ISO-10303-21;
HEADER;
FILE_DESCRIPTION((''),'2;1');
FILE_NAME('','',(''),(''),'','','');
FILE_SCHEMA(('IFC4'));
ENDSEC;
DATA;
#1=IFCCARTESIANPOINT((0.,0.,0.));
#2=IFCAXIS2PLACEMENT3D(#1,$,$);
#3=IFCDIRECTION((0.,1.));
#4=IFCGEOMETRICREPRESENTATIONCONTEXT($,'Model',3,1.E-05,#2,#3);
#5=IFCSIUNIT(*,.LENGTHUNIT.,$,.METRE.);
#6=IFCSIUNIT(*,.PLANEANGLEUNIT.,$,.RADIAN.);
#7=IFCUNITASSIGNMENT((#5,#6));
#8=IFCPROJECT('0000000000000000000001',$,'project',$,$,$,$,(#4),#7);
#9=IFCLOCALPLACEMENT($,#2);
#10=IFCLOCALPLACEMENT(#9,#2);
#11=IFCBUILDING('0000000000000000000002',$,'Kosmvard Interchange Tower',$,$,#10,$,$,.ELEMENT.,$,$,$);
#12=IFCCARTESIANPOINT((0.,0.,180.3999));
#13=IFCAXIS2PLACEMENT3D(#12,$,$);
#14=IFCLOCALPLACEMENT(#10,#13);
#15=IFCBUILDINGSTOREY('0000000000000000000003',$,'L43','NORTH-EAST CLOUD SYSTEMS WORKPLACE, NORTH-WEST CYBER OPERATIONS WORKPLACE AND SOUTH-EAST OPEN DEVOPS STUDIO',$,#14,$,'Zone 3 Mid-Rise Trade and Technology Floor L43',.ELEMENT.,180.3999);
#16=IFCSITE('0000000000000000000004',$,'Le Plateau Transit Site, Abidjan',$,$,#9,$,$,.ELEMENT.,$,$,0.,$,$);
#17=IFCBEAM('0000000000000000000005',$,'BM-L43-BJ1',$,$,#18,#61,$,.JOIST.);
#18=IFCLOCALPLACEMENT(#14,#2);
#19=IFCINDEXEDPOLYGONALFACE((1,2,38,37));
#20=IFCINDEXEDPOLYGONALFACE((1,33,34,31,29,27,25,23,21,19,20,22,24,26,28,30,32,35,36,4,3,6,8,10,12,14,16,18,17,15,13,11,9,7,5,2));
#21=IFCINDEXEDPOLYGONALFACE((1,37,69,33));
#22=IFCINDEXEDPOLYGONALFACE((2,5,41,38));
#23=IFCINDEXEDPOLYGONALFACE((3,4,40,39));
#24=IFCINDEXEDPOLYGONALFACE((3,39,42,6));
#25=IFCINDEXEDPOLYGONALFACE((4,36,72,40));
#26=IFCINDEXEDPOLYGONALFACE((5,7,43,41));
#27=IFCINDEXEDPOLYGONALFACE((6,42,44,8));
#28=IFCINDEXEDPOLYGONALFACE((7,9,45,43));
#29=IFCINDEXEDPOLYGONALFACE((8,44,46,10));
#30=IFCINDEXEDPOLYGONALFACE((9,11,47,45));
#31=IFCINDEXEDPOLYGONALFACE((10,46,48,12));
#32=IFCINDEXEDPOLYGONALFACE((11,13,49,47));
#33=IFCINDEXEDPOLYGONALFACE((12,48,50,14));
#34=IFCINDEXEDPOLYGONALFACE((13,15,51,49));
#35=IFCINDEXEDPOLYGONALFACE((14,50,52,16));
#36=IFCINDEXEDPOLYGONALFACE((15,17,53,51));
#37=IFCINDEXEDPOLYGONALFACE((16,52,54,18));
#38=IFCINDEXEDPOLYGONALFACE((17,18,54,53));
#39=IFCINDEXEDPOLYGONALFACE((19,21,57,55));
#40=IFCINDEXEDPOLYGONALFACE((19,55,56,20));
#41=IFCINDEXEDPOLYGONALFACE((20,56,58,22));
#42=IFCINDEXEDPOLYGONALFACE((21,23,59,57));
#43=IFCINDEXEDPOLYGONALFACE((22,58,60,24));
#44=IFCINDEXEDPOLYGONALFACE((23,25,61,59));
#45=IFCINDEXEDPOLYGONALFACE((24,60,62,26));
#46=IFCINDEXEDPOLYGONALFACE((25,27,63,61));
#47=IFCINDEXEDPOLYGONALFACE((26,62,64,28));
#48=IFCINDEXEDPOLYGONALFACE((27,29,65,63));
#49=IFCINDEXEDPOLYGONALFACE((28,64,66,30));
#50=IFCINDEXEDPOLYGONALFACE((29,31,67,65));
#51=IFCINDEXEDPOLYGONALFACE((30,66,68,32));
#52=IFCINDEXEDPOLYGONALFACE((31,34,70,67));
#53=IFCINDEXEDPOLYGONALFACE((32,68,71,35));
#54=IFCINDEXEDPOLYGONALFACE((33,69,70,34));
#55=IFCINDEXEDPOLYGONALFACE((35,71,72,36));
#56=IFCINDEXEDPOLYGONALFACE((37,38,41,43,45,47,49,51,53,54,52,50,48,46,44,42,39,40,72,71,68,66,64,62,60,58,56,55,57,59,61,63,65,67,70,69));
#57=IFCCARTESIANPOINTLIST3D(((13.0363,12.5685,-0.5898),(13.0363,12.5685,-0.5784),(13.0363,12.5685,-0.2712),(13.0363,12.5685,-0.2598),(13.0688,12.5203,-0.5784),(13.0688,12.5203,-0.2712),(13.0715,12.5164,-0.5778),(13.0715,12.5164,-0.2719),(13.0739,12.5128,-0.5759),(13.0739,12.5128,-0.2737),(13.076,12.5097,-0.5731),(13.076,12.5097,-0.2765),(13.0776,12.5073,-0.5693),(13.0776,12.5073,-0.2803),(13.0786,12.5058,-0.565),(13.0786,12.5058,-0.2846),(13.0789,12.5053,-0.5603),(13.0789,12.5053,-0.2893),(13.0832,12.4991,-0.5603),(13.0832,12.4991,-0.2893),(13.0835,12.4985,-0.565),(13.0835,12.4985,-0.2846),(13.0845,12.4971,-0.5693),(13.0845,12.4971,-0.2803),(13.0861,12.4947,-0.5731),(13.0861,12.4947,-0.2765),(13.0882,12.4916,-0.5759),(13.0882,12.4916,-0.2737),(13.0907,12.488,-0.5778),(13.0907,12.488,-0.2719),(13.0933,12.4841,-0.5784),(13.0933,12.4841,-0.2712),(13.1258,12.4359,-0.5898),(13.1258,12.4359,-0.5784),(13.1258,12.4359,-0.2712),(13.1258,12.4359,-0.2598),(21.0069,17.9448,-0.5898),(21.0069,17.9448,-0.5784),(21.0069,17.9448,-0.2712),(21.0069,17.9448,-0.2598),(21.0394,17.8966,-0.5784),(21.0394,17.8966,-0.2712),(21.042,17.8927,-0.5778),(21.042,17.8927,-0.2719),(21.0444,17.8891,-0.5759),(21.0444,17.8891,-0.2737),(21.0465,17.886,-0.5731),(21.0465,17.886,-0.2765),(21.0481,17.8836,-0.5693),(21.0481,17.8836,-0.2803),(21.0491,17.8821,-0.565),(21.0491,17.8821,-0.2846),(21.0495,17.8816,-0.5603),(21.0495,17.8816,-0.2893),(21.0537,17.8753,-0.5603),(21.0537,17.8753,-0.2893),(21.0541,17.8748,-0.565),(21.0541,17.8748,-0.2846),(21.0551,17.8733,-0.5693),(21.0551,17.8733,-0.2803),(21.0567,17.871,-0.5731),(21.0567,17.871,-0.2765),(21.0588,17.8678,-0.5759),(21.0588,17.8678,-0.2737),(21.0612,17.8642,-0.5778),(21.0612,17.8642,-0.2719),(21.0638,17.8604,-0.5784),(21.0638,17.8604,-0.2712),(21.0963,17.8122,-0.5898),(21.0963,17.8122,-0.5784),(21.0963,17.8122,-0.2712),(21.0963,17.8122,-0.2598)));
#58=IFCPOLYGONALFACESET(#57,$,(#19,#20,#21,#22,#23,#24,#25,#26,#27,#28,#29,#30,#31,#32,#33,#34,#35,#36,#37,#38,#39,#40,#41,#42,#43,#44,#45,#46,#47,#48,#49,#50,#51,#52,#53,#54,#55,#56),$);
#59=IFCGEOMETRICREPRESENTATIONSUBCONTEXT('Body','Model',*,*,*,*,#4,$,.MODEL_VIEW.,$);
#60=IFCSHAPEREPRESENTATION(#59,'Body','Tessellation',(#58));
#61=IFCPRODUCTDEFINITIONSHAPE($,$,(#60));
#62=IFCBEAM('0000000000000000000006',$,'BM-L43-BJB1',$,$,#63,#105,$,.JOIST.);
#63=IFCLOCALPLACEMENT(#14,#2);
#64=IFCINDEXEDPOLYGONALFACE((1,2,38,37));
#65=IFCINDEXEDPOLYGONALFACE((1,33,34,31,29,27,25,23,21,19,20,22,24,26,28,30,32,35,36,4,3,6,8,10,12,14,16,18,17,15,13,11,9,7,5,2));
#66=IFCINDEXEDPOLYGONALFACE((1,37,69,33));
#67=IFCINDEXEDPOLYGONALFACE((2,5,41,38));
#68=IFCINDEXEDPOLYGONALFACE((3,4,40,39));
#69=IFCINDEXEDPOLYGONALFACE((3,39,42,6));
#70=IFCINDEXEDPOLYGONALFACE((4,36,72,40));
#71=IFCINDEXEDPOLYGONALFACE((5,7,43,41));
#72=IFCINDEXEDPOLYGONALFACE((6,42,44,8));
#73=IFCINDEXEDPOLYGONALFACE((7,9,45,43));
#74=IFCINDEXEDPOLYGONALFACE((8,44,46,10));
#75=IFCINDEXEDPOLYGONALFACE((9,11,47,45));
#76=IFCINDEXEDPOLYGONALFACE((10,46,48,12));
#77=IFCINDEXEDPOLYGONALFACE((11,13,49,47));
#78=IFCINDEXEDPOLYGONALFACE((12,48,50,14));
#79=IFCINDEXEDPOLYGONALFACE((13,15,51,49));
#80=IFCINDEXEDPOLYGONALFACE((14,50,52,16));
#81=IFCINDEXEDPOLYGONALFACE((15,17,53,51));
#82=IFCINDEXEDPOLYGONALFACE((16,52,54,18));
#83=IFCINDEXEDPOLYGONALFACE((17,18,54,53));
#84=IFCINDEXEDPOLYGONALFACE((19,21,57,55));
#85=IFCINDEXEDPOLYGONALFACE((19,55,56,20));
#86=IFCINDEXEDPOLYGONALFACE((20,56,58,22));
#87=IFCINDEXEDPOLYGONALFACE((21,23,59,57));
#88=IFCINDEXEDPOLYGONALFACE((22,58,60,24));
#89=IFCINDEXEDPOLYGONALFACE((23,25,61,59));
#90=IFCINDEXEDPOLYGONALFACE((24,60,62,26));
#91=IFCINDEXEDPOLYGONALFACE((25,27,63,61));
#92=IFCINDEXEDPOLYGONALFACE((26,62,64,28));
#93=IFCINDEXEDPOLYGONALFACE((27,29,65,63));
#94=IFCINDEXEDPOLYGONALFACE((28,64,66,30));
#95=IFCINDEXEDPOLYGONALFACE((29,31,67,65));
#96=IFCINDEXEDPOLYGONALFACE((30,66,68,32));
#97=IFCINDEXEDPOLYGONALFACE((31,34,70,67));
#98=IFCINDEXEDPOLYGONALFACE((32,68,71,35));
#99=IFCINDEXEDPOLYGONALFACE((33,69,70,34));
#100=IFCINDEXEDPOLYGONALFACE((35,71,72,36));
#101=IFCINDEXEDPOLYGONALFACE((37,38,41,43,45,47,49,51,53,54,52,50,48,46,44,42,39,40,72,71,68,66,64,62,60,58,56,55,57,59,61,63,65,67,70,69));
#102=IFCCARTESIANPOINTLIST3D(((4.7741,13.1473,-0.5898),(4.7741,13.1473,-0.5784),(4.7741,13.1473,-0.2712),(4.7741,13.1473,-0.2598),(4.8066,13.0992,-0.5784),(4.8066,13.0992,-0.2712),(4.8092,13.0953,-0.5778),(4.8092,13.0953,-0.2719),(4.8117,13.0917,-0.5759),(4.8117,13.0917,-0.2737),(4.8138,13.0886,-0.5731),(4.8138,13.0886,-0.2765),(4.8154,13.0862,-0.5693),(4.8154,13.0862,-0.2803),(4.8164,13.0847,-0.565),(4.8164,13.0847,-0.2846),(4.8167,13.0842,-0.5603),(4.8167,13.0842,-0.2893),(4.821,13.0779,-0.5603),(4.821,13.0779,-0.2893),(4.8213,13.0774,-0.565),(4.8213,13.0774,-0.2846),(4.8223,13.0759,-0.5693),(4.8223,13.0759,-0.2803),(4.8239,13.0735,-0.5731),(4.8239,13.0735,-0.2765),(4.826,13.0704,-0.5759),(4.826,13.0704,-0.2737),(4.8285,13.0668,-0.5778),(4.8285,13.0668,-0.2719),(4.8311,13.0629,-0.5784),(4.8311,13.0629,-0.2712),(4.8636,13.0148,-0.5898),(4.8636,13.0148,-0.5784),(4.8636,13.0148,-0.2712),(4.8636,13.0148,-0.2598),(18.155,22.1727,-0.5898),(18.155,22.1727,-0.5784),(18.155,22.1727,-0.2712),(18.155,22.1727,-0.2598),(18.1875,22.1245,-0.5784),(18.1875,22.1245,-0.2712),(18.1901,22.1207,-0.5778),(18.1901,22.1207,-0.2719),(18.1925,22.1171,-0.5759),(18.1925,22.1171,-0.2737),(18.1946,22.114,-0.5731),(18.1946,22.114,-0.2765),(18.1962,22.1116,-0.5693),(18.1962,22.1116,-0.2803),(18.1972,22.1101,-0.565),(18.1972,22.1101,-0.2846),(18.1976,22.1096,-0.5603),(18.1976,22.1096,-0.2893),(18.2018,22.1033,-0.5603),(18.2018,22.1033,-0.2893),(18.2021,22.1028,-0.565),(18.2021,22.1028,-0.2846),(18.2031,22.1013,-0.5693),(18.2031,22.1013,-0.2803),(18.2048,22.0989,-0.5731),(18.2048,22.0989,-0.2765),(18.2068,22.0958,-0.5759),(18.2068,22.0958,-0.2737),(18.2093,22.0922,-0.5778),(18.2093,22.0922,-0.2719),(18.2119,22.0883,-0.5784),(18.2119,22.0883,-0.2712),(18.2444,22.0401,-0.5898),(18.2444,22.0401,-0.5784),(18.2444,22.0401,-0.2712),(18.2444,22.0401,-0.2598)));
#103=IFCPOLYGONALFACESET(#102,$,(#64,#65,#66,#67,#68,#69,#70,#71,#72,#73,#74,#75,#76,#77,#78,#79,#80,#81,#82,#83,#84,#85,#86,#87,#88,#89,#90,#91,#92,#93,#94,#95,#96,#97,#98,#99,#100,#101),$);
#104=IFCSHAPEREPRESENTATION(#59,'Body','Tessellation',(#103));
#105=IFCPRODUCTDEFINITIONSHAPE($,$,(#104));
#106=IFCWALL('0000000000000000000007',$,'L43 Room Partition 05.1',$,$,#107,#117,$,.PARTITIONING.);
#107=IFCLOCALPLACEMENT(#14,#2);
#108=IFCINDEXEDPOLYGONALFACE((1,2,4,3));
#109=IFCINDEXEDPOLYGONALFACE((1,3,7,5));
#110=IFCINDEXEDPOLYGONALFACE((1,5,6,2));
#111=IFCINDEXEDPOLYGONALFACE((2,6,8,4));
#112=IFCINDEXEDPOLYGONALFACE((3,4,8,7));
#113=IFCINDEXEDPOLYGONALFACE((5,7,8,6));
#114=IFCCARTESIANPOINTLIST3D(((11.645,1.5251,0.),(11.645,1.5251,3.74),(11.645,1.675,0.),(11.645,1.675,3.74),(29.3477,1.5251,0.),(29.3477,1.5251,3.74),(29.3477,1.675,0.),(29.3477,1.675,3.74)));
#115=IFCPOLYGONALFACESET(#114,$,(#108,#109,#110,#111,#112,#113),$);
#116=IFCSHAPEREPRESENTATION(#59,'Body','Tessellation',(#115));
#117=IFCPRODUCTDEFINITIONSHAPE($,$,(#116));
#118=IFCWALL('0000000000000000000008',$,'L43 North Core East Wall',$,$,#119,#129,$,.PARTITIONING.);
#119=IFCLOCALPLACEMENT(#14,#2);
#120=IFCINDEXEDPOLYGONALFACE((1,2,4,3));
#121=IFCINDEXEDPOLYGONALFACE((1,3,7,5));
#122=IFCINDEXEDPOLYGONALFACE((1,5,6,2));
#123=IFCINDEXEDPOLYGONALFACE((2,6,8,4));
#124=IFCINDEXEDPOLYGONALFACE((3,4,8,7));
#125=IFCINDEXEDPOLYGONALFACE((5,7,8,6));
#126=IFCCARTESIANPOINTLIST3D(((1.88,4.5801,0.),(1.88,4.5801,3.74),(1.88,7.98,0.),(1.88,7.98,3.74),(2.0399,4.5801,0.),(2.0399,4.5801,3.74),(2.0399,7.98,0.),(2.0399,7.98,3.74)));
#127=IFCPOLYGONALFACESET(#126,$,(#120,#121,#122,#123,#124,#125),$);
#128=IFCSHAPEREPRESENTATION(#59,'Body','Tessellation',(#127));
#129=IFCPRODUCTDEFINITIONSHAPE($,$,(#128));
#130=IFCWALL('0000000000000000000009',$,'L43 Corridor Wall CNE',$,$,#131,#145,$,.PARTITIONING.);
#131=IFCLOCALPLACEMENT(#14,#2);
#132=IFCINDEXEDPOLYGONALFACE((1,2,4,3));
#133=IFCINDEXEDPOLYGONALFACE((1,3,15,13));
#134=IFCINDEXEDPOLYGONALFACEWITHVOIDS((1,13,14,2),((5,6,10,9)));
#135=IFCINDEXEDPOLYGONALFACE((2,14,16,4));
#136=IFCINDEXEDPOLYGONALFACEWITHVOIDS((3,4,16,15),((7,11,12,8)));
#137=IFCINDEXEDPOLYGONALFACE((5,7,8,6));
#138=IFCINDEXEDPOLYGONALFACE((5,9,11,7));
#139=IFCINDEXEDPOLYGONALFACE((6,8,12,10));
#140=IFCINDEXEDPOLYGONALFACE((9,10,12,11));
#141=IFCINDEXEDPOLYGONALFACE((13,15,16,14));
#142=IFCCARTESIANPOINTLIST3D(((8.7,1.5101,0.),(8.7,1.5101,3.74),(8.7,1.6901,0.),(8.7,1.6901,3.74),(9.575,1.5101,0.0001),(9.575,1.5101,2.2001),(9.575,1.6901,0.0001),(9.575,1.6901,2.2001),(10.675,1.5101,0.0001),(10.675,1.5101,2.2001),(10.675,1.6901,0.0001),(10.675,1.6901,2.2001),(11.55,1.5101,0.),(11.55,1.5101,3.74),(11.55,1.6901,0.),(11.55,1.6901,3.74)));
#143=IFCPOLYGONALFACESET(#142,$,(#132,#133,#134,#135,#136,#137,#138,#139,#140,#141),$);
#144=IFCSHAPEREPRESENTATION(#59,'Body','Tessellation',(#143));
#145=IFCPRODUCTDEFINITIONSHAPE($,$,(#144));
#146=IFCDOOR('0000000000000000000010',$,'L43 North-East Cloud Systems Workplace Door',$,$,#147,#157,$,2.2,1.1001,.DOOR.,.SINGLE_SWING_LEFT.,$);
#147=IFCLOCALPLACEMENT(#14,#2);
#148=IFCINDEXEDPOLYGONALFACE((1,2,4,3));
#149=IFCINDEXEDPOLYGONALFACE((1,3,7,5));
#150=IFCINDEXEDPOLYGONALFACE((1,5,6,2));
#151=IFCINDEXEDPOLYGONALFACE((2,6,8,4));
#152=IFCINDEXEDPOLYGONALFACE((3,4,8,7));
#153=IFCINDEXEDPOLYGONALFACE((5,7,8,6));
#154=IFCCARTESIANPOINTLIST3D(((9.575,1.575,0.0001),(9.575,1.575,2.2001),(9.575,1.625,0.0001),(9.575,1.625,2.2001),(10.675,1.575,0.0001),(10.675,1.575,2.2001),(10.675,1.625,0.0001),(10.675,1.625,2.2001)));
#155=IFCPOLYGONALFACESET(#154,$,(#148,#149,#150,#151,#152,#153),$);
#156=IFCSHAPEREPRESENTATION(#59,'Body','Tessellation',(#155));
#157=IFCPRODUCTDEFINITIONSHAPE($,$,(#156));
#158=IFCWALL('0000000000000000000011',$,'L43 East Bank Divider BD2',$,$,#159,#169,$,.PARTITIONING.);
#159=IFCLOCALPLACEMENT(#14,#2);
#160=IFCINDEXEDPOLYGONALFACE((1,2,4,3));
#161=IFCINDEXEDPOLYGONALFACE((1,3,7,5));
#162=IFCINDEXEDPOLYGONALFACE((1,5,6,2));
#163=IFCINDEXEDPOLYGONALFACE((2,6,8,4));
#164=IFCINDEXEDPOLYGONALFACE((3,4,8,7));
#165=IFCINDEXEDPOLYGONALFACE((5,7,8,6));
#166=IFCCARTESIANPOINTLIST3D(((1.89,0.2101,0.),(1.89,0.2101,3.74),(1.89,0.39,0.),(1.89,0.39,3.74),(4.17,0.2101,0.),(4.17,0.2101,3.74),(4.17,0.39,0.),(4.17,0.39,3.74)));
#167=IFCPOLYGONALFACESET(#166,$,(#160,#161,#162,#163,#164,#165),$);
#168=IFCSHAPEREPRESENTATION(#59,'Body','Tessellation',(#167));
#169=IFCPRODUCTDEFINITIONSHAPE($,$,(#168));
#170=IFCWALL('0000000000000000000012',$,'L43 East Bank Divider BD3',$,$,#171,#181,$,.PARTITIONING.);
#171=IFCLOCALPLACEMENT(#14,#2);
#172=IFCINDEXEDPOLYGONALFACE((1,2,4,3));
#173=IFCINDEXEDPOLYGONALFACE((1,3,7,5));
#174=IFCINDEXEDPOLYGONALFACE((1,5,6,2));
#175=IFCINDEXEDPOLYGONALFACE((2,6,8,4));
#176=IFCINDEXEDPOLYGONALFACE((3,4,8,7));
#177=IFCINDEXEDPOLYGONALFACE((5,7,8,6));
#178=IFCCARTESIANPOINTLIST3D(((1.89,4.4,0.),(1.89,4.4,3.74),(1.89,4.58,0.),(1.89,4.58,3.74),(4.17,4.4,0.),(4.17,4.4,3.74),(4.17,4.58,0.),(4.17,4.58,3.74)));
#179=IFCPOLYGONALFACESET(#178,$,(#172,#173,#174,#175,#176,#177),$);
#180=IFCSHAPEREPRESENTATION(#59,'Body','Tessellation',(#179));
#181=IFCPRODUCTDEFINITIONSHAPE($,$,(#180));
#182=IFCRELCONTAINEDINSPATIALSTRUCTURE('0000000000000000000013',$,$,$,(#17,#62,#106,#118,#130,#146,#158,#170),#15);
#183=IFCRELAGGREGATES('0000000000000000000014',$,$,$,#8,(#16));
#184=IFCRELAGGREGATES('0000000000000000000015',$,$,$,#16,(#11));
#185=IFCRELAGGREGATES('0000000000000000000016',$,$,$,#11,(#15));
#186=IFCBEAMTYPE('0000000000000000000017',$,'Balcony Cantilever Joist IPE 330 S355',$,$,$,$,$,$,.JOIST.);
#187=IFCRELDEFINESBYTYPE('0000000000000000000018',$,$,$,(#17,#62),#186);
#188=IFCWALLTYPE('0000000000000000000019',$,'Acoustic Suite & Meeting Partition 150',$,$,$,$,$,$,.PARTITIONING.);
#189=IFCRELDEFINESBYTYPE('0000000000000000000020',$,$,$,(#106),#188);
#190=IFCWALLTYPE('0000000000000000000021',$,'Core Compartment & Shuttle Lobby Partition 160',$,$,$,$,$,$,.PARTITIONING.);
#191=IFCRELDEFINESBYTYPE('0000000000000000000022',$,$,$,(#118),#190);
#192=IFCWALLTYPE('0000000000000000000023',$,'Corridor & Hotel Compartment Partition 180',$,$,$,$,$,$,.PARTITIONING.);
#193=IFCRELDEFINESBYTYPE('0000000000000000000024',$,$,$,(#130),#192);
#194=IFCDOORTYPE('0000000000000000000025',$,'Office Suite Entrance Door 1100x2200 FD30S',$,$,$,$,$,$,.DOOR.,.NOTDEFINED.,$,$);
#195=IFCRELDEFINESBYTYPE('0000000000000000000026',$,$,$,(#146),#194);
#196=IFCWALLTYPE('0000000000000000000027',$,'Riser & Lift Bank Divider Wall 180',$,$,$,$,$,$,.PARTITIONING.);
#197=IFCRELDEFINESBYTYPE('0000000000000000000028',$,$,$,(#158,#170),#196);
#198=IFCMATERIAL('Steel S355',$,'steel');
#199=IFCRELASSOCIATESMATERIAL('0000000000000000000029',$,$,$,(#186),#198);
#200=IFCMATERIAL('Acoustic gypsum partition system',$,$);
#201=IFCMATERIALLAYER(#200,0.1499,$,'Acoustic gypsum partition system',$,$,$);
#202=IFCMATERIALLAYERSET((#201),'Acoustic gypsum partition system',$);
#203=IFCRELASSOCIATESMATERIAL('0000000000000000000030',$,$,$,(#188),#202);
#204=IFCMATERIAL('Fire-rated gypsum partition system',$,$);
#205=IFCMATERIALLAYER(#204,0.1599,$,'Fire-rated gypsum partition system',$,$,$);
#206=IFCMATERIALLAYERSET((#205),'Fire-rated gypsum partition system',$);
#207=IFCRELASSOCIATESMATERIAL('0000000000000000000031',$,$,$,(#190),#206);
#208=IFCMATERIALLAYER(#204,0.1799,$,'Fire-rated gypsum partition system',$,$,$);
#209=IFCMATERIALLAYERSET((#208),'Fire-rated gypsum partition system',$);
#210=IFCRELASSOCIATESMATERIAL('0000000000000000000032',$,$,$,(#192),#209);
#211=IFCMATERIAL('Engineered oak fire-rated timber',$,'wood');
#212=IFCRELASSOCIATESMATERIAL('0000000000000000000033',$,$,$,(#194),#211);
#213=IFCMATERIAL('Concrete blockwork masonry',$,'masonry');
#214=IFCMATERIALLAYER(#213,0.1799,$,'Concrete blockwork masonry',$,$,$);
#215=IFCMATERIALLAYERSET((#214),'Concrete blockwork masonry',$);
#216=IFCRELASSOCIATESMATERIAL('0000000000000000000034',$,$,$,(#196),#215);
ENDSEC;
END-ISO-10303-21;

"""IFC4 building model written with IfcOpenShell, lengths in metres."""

from ifc_helpers import new_model, si_unit, direction, frame, frame_2d, origin, origin_2d, place, context, subcontext, project, spatial, rectangle, i_section, extrude, source, transform, mapped, material, layer, layer_set, material_profile, profile_set, type_object, element, fill, save


model = new_model("IFC4")

# Units and contexts
model_context = context("Model", 3, precision=1e-05, world=origin(), true_north=direction((0.0, 1.0)))
body_context = subcontext(model_context, "Body", "Model", "MODEL_VIEW")
ifc_project = project(units=[si_unit("LENGTHUNIT", "METRE"), si_unit("PLANEANGLEUNIT", "RADIAN")], contexts=[model_context])

# Site, building, storey
site_placement = place(None, origin())
site = spatial("IfcSite", under=ifc_project, at=site_placement, Name="Le Plateau Transit Site, Abidjan", CompositionType="ELEMENT", RefElevation=0.0)
building_placement = place(site_placement, origin())
building = spatial("IfcBuilding", under=site, at=building_placement, Name="Kosmvard Interchange Tower", CompositionType="ELEMENT")
storey_placement = place(building_placement, frame((0.0, 0.0, 180.3999)))
storey = spatial("IfcBuildingStorey", under=building, at=storey_placement, Name="L43", Description="NORTH-EAST CLOUD SYSTEMS WORKPLACE, NORTH-WEST CYBER OPERATIONS WORKPLACE AND SOUTH-EAST OPEN DEVOPS STUDIO", LongName="Zone 3 Mid-Rise Trade and Technology Floor L43", CompositionType="ELEMENT", Elevation=180.3999)

# Beams
ifc_material_1 = material(Name="Steel S355", Category="steel")
ifc_material_profile_1 = material_profile(ifc_material_1, i_section(OverallWidth=0.1599, OverallDepth=0.3301, WebThickness=0.0076, FlangeThickness=0.0115, FilletRadius=0.0181, at=origin_2d()), Name="IPE 330")
ifc_profile_set_1 = profile_set([ifc_material_profile_1], Name="Steel S355")
beam_type_1 = type_object("IfcBeamType", Name="Balcony Cantilever Joist IPE 330 S355", PredefinedType="JOIST", material=ifc_profile_set_1)
shared_shape_1 = source(origin(), body_context, "Body", "SweptSolid", [
    extrude(i_section(OverallWidth=0.1599, OverallDepth=0.3301, WebThickness=0.0076, FlangeThickness=0.0115, FilletRadius=0.0181, at=origin_2d()), origin(), (0.0, 0.0, 1.0), 9.6143),
])
beam_1_placement = place(storey_placement, frame((13.0811, 12.5022, -0.4248), z_axis=(0.829034, 0.559198, 0.0), x_axis=(-0.559198, 0.829034, 0.0)))
element("IfcBeam", 1, at=beam_1_placement, inside=storey, type_object=beam_type_1, Name="BM-L43-BJ1", PredefinedType="JOIST", context=body_context, shape_type="MappedRepresentation", body=[
    mapped(shared_shape_1, transform((0.0, 0.0, 0.0), scale=1.0)),
])
shared_shape_2 = source(origin(), body_context, "Body", "SweptSolid", [
    extrude(i_section(OverallWidth=0.1599, OverallDepth=0.3301, WebThickness=0.0076, FlangeThickness=0.0115, FilletRadius=0.0181, at=origin_2d()), origin(), (0.0, 0.0, 1.0), 16.1401),
])
beam_2_placement = place(storey_placement, frame((4.8188, 13.0811, -0.4248), z_axis=(0.829041, 0.559188, 0.0), x_axis=(-0.559188, 0.829041, 0.0)))
element("IfcBeam", 2, at=beam_2_placement, inside=storey, type_object=beam_type_1, Name="BM-L43-BJB1", PredefinedType="JOIST", context=body_context, shape_type="MappedRepresentation", body=[
    mapped(shared_shape_2, transform((0.0, 0.0, 0.0), scale=1.0)),
])

# Walls
ifc_material_2 = material(Name="Acoustic gypsum partition system")
ifc_layer_1 = layer(ifc_material_2, 0.1499, Name="Acoustic gypsum partition system")
ifc_layer_set_1 = layer_set([ifc_layer_1], Name="Acoustic gypsum partition system")
wall_type_1 = type_object("IfcWallType", Name="Acoustic Suite & Meeting Partition 150", PredefinedType="PARTITIONING", material=ifc_layer_set_1)
wall_1_placement = place(storey_placement, frame((11.645, 1.6001, 0.0), z_axis=(0.0, 0.0, 1.0), x_axis=(1.0, 0.0, 0.0)))
element("IfcWall", 3, at=wall_1_placement, inside=storey, type_object=wall_type_1, Name="L43 Room Partition 05.1", PredefinedType="PARTITIONING", context=body_context, shape_type="SweptSolid", body=[
    extrude(rectangle(XDim=17.7026, YDim=0.1499, at=frame_2d((8.8513, 0.0))), origin(), (0.0, 0.0, 1.0), 3.74),
])
ifc_material_3 = material(Name="Fire-rated gypsum partition system")
ifc_layer_2 = layer(ifc_material_3, 0.1599, Name="Fire-rated gypsum partition system")
ifc_layer_set_2 = layer_set([ifc_layer_2], Name="Fire-rated gypsum partition system")
wall_type_2 = type_object("IfcWallType", Name="Core Compartment & Shuttle Lobby Partition 160", PredefinedType="PARTITIONING", material=ifc_layer_set_2)
wall_2_placement = place(storey_placement, frame((1.96, 4.5801, 0.0), z_axis=(0.0, 0.0, 1.0), x_axis=(0.0, 1.0, 0.0)))
element("IfcWall", 4, at=wall_2_placement, inside=storey, type_object=wall_type_2, Name="L43 North Core East Wall", PredefinedType="PARTITIONING", context=body_context, shape_type="SweptSolid", body=[
    extrude(rectangle(XDim=3.3999, YDim=0.1599, at=frame_2d((1.7, 0.0))), origin(), (0.0, 0.0, 1.0), 3.74),
])

# Wall, opening, door
ifc_layer_3 = layer(ifc_material_3, 0.1799, Name="Fire-rated gypsum partition system")
ifc_layer_set_3 = layer_set([ifc_layer_3], Name="Fire-rated gypsum partition system")
wall_type_3 = type_object("IfcWallType", Name="Corridor & Hotel Compartment Partition 180", PredefinedType="PARTITIONING", material=ifc_layer_set_3)
wall_3_placement = place(storey_placement, frame((8.7, 1.6001, 0.0), z_axis=(0.0, 0.0, 1.0), x_axis=(1.0, 0.0, 0.0)))
wall_3 = element("IfcWall", 5, at=wall_3_placement, inside=storey, type_object=wall_type_3, Name="L43 Corridor Wall CNE", PredefinedType="PARTITIONING", context=body_context, shape_type="SweptSolid", body=[
    extrude(rectangle(XDim=2.8501, YDim=0.1799, at=frame_2d((1.425, 0.0))), origin(), (0.0, 0.0, 1.0), 3.74),
])
opening_placement = place(wall_3_placement, frame((0.875, 0.0, 0.0)))
opening = element("IfcOpeningElement", 6, at=opening_placement, cuts=wall_3, PredefinedType="OPENING", context=body_context, shape_type="SweptSolid", body=[
    extrude(rectangle(XDim=1.1001, YDim=2.2, at=frame_2d((0.55, 1.1001))), frame((0.0, 0.1001, 0.0), z_axis=(0.0, -1.0, 0.0), x_axis=(1.0, 0.0, 0.0)), (0.0, 0.0, 1.0), 0.2),
])
ifc_material_4 = material(Name="Engineered oak fire-rated timber", Category="wood")
door_type = type_object("IfcDoorType", Name="Office Suite Entrance Door 1100x2200 FD30S", OperationType="NOTDEFINED", PredefinedType="DOOR", material=ifc_material_4)
shared_shape_3 = source(origin(), body_context, "Body", "SweptSolid", [
    extrude(rectangle(XDim=1.1001, YDim=2.2, at=frame_2d((0.55, 1.1001))), frame((0.0, 0.0249, 0.0), z_axis=(0.0, -1.0, 0.0), x_axis=(1.0, 0.0, 0.0)), (0.0, 0.0, 1.0), 0.05),
])
door_placement = place(opening_placement, origin())
door = element("IfcDoor", 7, at=door_placement, inside=storey, type_object=door_type, Name="L43 North-East Cloud Systems Workplace Door", OperationType="SINGLE_SWING_LEFT", OverallHeight=2.2, OverallWidth=1.1001, PredefinedType="DOOR", context=body_context, shape_type="MappedRepresentation", body=[
    mapped(shared_shape_3, transform((0.0, 0.0, 0.0), scale=1.0)),
])
fill(opening, door)

# Walls
ifc_material_5 = material(Name="Concrete blockwork masonry", Category="masonry")
ifc_layer_4 = layer(ifc_material_5, 0.1799, Name="Concrete blockwork masonry")
ifc_layer_set_4 = layer_set([ifc_layer_4], Name="Concrete blockwork masonry")
wall_type_4 = type_object("IfcWallType", Name="Riser & Lift Bank Divider Wall 180", PredefinedType="PARTITIONING", material=ifc_layer_set_4)
for number, where, z_axis, x_axis, name in (
    (8, (1.8899, 0.3, 0.0), (0.0, 0.0, 1.0), (1.0, 0.0, 0.0), "L43 East Bank Divider BD2"),
    (9, (1.8899, 4.49, 0.0), (0.0, 0.0, 1.0), (1.0, 0.0, 0.0), "L43 East Bank Divider BD3"),
):
    element("IfcWall", number, at=place(storey_placement, frame(where, z_axis=z_axis, x_axis=x_axis)), inside=storey, type_object=wall_type_4, Name=name, PredefinedType="PARTITIONING", context=body_context, shape_type="SweptSolid", body=[
        extrude(rectangle(XDim=2.28, YDim=0.1799, at=frame_2d((1.1401, 0.0))), origin(), (0.0, 0.0, 1.0), 3.74),
    ])

save(model, "model.ifc")
